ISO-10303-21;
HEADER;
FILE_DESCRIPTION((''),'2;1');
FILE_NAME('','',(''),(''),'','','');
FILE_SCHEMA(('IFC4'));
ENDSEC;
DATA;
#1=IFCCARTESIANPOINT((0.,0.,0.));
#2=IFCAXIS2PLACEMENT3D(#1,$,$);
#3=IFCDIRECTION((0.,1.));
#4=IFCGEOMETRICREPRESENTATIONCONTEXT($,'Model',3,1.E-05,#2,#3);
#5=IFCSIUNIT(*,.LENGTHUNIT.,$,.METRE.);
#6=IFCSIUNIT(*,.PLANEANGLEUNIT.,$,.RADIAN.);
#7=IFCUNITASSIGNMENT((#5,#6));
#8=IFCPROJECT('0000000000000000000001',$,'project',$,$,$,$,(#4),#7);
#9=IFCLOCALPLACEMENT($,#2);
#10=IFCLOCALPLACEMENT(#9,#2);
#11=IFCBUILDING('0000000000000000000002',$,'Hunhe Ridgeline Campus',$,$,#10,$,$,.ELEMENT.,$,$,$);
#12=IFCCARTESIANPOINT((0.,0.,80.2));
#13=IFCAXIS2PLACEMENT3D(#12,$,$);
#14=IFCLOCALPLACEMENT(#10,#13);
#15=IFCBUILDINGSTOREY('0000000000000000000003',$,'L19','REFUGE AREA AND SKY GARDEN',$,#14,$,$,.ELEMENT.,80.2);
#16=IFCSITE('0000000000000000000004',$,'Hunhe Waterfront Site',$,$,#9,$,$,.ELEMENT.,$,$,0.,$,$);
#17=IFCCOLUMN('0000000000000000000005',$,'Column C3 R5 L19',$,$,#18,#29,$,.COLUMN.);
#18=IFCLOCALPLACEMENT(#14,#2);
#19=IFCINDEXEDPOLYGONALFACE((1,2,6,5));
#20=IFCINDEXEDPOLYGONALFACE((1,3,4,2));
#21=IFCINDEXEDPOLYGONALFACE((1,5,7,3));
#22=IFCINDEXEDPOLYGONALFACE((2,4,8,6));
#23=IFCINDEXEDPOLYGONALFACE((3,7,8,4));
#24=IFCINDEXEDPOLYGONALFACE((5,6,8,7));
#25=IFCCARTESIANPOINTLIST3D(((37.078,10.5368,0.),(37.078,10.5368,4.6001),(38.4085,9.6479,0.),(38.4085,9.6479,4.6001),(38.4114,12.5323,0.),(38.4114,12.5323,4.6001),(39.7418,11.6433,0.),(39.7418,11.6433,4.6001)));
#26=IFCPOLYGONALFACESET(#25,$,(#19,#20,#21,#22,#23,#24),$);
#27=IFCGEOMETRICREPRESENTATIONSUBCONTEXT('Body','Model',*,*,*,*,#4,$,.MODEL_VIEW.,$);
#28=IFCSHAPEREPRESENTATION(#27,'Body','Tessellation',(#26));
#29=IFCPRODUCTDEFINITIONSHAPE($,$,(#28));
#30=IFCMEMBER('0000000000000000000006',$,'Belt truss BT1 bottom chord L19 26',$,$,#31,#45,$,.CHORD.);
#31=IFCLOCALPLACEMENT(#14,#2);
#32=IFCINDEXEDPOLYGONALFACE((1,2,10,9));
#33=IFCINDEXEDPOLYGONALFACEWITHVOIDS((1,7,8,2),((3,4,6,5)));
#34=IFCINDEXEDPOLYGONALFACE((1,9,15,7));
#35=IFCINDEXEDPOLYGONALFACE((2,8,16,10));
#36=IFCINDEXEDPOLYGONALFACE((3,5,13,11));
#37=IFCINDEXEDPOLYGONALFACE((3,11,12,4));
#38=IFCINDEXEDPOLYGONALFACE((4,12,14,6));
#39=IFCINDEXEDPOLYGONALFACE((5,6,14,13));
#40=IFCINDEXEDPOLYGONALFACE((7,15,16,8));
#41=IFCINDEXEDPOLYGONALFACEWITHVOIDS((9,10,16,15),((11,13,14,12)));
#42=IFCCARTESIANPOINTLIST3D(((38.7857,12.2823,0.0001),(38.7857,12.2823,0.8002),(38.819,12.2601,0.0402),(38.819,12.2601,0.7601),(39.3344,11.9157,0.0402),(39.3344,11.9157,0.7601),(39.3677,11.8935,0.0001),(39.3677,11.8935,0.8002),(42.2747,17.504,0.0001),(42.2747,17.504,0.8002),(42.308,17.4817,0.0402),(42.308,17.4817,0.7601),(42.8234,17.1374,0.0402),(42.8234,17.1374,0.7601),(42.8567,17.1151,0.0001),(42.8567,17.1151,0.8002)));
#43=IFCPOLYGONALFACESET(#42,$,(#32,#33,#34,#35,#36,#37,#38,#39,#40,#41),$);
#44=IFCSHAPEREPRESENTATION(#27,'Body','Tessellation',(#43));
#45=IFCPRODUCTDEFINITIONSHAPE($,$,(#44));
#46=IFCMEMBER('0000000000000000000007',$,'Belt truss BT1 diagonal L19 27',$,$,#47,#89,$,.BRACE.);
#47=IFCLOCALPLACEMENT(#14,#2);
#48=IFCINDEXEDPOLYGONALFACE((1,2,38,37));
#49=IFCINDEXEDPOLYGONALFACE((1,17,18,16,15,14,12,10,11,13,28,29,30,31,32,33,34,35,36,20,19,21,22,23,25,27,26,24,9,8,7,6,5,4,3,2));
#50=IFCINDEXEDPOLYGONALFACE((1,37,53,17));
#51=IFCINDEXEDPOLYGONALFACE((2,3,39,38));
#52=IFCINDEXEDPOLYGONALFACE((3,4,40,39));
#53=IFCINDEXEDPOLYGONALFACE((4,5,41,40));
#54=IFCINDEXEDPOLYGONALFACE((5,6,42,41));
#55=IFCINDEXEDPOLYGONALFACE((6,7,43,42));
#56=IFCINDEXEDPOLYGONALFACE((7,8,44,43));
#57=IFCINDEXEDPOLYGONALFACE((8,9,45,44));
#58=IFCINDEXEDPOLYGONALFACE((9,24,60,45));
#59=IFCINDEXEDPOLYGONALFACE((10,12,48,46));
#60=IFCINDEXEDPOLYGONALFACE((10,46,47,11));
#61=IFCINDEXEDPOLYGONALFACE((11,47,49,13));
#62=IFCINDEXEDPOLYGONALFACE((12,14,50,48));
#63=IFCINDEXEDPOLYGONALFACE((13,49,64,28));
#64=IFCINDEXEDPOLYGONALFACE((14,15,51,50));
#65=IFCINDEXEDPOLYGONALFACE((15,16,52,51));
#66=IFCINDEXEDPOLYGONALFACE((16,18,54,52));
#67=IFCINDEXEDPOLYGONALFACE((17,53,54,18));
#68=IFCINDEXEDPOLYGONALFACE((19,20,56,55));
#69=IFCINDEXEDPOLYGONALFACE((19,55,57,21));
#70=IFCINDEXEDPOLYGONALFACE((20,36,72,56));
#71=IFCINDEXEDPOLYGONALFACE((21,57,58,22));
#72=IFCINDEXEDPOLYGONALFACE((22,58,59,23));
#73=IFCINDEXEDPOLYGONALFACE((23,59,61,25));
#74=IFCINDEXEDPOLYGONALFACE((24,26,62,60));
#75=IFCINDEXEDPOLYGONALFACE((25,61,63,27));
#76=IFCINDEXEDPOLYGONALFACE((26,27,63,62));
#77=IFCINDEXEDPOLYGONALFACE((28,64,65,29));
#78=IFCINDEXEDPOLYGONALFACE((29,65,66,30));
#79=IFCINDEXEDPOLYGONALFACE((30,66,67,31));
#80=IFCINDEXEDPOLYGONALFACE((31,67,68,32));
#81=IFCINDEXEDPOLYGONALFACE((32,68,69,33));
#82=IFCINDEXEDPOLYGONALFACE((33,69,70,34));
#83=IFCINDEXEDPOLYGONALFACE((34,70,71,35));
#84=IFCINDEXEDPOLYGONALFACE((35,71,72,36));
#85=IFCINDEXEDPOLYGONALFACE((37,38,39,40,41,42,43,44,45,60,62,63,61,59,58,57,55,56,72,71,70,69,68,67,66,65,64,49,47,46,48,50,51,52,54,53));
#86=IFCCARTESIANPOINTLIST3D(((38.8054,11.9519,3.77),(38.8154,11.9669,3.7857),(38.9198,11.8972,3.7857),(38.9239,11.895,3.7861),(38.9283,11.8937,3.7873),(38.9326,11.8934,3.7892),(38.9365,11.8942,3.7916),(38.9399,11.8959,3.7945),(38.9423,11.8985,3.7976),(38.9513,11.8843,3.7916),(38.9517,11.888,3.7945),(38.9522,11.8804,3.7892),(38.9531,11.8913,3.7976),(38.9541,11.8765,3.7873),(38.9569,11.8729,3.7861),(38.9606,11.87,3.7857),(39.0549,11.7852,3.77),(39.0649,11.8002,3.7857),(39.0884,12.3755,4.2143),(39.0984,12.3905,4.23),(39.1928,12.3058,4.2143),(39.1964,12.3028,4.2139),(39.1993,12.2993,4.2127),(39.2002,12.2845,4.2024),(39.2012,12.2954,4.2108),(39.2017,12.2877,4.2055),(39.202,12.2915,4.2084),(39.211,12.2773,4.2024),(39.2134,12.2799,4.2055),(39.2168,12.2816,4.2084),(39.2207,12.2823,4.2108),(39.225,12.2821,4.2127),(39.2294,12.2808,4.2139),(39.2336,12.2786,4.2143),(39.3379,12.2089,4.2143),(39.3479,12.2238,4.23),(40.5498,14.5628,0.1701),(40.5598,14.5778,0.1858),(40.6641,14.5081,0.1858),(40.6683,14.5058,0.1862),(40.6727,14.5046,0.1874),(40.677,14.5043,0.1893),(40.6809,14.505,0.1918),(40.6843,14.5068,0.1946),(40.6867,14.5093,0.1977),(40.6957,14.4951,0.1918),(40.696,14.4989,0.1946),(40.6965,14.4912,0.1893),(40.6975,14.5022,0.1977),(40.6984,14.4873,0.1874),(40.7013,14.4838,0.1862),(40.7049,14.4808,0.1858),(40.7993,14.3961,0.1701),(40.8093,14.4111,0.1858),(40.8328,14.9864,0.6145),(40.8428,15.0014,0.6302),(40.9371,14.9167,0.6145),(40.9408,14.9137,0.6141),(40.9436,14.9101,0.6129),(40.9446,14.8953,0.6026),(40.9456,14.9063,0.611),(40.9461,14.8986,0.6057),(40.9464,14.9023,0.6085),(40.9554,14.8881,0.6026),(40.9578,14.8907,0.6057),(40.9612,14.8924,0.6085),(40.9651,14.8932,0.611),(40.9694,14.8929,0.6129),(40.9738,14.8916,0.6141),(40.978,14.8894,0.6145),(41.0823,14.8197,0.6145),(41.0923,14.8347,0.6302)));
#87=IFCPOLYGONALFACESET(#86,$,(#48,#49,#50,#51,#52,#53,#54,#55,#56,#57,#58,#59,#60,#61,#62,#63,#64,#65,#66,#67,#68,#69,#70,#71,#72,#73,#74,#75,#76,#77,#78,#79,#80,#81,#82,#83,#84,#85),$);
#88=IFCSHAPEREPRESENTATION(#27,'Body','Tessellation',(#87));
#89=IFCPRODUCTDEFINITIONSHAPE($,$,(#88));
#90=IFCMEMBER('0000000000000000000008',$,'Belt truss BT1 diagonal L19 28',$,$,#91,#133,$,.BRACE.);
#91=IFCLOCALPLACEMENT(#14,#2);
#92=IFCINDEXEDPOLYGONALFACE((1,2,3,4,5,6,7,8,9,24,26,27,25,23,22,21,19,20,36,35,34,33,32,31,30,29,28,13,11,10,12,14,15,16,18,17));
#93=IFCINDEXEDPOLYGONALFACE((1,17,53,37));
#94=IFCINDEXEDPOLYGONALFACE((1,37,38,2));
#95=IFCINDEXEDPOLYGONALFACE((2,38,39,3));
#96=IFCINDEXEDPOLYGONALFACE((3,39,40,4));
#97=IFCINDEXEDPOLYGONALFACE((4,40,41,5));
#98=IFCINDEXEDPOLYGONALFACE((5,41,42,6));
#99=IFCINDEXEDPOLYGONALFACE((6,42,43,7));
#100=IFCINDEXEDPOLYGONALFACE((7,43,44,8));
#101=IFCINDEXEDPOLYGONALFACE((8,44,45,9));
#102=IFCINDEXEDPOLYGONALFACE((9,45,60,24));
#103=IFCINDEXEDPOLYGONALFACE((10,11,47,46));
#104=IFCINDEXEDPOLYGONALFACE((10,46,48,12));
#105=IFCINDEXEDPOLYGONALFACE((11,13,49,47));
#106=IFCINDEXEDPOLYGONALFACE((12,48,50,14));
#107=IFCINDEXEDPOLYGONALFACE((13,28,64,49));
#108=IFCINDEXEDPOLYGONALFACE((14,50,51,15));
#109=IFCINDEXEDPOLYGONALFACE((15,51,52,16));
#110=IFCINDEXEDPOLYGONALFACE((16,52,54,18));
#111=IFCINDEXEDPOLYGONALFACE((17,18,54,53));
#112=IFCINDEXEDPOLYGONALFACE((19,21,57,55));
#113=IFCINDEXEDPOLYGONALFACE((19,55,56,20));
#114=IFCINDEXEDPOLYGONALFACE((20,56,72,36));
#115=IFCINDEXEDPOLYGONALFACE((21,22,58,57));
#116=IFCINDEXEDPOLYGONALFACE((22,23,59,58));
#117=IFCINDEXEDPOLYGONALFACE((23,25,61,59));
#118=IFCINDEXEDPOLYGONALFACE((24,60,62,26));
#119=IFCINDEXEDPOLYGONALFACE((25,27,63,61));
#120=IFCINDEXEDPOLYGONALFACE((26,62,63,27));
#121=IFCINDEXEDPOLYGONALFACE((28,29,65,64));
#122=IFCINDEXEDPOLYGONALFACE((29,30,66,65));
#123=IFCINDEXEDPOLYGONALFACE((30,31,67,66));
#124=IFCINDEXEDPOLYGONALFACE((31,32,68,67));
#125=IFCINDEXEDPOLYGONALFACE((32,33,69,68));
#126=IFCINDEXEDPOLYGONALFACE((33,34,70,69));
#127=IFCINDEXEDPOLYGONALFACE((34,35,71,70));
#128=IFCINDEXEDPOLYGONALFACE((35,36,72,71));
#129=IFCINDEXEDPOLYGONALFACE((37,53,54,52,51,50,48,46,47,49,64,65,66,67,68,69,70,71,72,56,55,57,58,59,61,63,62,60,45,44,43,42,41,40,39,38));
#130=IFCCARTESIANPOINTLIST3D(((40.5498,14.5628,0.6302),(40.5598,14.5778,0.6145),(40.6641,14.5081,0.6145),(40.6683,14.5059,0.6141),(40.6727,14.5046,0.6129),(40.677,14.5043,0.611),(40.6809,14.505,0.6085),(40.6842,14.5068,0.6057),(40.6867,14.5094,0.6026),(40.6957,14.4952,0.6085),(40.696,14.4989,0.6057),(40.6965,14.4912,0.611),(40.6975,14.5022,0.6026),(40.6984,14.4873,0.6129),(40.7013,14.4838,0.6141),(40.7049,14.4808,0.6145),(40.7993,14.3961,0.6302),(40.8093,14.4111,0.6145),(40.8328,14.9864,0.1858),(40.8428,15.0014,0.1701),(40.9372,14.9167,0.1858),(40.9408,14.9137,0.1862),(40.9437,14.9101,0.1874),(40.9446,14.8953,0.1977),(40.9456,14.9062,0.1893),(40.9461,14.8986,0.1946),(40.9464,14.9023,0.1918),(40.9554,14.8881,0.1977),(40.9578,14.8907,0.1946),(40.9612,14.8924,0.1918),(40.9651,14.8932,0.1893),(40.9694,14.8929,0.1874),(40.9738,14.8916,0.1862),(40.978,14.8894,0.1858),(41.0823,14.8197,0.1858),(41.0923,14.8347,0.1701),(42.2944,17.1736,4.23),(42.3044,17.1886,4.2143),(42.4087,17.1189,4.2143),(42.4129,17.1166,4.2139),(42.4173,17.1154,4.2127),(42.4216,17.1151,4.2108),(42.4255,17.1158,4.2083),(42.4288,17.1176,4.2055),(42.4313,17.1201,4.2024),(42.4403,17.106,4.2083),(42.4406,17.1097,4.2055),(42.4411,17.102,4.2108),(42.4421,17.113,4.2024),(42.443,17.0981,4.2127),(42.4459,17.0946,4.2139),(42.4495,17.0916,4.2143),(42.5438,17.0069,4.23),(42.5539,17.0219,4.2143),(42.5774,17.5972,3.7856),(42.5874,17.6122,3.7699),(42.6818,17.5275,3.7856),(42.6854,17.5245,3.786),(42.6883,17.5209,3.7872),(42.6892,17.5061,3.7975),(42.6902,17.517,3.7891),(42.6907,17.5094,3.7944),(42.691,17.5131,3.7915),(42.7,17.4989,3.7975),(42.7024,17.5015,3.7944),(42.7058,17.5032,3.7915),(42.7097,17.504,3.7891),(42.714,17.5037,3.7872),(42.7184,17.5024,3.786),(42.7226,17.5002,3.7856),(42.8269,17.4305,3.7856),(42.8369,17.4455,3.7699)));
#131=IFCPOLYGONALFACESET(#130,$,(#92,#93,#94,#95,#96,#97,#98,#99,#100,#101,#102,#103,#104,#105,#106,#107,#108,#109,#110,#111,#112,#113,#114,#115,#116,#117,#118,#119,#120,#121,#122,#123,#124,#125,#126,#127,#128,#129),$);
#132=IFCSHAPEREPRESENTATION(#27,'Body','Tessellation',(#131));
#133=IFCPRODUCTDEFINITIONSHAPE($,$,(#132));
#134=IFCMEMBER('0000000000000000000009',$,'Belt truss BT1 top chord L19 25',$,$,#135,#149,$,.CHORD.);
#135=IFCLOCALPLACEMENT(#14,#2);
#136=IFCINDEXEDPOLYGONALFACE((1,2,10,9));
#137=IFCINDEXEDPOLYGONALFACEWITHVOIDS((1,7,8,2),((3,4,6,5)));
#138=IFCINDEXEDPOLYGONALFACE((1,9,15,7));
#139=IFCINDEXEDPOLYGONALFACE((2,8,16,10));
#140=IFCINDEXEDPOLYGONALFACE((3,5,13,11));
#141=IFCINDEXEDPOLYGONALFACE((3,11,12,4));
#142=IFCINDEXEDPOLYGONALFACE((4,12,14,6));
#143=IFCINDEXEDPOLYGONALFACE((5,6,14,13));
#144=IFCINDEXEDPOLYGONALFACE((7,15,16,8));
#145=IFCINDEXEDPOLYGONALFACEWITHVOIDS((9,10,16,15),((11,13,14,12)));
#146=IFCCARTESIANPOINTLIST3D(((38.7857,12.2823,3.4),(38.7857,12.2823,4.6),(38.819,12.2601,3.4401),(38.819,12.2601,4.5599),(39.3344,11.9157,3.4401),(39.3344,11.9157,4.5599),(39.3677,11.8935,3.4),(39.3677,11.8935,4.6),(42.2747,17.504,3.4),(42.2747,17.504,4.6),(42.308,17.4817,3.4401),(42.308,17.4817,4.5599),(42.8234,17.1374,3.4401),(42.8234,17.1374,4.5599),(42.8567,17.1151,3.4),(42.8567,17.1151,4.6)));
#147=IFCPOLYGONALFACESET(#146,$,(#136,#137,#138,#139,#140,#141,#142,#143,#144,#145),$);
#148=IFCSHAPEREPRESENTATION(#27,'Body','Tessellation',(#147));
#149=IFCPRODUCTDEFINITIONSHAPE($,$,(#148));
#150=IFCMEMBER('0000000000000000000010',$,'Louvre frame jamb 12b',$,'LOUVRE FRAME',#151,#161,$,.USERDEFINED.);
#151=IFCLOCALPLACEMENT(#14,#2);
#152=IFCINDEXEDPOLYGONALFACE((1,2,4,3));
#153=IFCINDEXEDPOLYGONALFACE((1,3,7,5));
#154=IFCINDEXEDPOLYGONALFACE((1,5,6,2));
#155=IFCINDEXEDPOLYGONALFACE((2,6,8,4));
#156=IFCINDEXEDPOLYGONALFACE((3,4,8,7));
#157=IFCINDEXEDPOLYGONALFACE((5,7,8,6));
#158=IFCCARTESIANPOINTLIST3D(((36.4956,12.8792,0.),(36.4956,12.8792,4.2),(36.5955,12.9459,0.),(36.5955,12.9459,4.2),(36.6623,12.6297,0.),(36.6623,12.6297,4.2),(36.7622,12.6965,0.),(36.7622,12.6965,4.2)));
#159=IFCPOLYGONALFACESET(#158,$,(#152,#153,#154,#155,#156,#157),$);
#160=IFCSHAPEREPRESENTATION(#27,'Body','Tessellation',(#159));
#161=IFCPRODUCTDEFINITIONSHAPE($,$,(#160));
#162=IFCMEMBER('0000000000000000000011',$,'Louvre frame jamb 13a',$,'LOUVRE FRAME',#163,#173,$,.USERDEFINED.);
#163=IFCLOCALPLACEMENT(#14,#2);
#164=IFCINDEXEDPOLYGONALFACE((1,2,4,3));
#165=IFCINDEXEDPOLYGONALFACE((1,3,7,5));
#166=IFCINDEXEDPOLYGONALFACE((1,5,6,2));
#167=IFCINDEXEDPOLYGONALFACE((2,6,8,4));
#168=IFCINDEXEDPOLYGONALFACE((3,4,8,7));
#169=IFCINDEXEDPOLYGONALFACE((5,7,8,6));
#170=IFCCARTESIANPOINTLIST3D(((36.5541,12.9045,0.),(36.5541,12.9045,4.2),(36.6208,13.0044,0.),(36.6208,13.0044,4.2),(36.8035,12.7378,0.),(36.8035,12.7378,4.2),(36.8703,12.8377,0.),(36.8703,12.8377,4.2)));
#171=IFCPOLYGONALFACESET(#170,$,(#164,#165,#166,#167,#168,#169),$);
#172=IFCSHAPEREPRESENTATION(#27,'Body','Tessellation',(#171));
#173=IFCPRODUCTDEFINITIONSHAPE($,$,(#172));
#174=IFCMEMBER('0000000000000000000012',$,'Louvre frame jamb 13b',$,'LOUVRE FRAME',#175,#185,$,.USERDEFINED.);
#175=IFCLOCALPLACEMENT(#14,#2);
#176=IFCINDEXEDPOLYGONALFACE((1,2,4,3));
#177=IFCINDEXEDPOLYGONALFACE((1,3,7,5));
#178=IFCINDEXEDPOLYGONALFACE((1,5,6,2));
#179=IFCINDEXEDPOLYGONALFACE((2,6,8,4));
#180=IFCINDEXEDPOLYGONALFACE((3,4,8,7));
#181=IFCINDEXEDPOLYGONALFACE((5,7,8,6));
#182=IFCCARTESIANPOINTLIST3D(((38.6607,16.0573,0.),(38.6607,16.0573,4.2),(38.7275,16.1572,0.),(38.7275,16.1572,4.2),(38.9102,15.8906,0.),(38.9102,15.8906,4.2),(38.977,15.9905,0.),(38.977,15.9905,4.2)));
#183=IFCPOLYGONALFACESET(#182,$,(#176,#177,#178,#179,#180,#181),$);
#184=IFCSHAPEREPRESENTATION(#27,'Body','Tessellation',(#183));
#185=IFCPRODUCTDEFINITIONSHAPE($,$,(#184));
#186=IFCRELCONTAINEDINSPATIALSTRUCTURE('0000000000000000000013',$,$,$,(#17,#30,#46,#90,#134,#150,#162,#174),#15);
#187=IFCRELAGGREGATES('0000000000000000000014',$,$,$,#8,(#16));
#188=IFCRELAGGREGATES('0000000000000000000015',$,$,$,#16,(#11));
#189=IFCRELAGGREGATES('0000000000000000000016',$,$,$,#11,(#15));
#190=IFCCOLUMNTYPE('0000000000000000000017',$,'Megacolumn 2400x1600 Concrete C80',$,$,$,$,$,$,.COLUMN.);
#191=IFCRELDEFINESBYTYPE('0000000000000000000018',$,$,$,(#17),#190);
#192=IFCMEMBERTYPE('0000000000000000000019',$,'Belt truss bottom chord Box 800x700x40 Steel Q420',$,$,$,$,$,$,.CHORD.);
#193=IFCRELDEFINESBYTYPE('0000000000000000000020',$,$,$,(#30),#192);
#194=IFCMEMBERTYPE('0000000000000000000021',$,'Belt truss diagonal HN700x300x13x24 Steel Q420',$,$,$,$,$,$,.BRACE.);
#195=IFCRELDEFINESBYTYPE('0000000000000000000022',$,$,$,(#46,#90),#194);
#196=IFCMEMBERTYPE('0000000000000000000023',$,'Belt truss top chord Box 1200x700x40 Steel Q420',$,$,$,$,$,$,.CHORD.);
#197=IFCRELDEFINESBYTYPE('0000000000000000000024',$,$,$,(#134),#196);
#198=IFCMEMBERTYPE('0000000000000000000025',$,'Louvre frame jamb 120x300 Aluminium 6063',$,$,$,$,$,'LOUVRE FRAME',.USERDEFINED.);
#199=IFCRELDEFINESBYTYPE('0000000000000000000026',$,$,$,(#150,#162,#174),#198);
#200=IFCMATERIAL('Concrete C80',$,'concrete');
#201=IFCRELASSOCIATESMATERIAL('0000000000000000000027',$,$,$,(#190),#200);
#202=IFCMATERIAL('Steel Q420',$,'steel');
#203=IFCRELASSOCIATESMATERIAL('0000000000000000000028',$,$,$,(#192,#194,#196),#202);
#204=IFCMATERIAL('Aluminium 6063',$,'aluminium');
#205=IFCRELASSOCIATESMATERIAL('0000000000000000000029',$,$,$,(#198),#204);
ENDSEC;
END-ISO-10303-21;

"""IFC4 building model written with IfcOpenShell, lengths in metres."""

from ifc_helpers import new_model, si_unit, direction, frame, origin, origin_2d, place, context, subcontext, project, spatial, rectangle, hollow_rectangle, i_section, extrude, material, material_profile, profile_set, type_object, element, save


model = new_model("IFC4")

# Units and contexts
model_context = context("Model", 3, precision=1e-05, world=origin(), true_north=direction((0.0, 1.0)))
body_context = subcontext(model_context, "Body", "Model", "MODEL_VIEW")
ifc_project = project(units=[si_unit("LENGTHUNIT", "METRE"), si_unit("PLANEANGLEUNIT", "RADIAN")], contexts=[model_context])

# Site, building, storey
site_placement = place(None, origin())
site = spatial("IfcSite", under=ifc_project, at=site_placement, Name="Hunhe Waterfront Site", CompositionType="ELEMENT", RefElevation=0.0)
building_placement = place(site_placement, origin())
building = spatial("IfcBuilding", under=site, at=building_placement, Name="Hunhe Ridgeline Campus", CompositionType="ELEMENT")
storey_placement = place(building_placement, frame((0.0, 0.0, 80.2)))
storey = spatial("IfcBuildingStorey", under=building, at=storey_placement, Name="L19", Description="REFUGE AREA AND SKY GARDEN", CompositionType="ELEMENT", Elevation=80.2)

# Column
ifc_material_1 = material(Name="Concrete C80", Category="concrete")
ifc_material_profile_1 = material_profile(ifc_material_1, rectangle(XDim=2.3999, YDim=1.6001, at=origin_2d()))
ifc_profile_set_1 = profile_set([ifc_material_profile_1], Name="Concrete C80")
column_type = type_object("IfcColumnType", Name="Megacolumn 2400x1600 Concrete C80", PredefinedType="COLUMN", material=ifc_profile_set_1)
column_placement = place(storey_placement, frame((38.4099, 11.0901, 0.0), z_axis=(0.0, 0.0, 1.0), x_axis=(0.55557, 0.83147, 0.0)))
element("IfcColumn", 1, at=column_placement, inside=storey, type_object=column_type, Name="Column C3 R5 L19", PredefinedType="COLUMN", context=body_context, shape_type="SweptSolid", body=[
    extrude(rectangle(XDim=2.3999, YDim=1.6001, at=origin_2d()), origin(), (0.0, 0.0, 1.0), 4.6001),
])

# Members
ifc_material_2 = material(Name="Steel Q420", Category="steel")
ifc_material_profile_2 = material_profile(ifc_material_2, hollow_rectangle(XDim=0.7, YDim=0.8, WallThickness=0.04, at=origin_2d()))
ifc_profile_set_2 = profile_set([ifc_material_profile_2], Name="Steel Q420")
member_type_1 = type_object("IfcMemberType", Name="Belt truss bottom chord Box 800x700x40 Steel Q420", PredefinedType="CHORD", material=ifc_profile_set_2)
member_1_placement = place(storey_placement, frame((39.0767, 12.0879, 0.4001), z_axis=(0.55557, 0.83147, 0.0), x_axis=(-0.83147, 0.55557, 0.0)))
element("IfcMember", 2, at=member_1_placement, inside=storey, type_object=member_type_1, Name="Belt truss BT1 bottom chord L19 26", PredefinedType="CHORD", context=body_context, shape_type="SweptSolid", body=[
    extrude(hollow_rectangle(XDim=0.7, YDim=0.8, WallThickness=0.04, at=origin_2d()), origin(), (0.0, 0.0, 1.0), 6.28),
])
ifc_material_profile_3 = material_profile(ifc_material_2, i_section(OverallWidth=0.3, OverallDepth=0.7, WebThickness=0.0129, FlangeThickness=0.0239, FilletRadius=0.0181, at=origin_2d()))
ifc_profile_set_3 = profile_set([ifc_material_profile_3], Name="Steel Q420")
member_type_2 = type_object("IfcMemberType", Name="Belt truss diagonal HN700x300x13x24 Steel Q420", PredefinedType="BRACE", material=ifc_profile_set_3)
for number, where, z_axis, x_axis, name in (
    (3, (39.0767, 12.0879, 4.0), (0.365175, 0.546561, -0.753604), (-0.831488, 0.555543, 0.0), "Belt truss BT1 diagonal L19 27"),
    (4, (40.821, 14.6987, 0.4001), (0.365219, 0.546551, 0.75359), (-0.831452, 0.555597, 0.0), "Belt truss BT1 diagonal L19 28"),
):
    element("IfcMember", number, at=place(storey_placement, frame(where, z_axis=z_axis, x_axis=x_axis)), inside=storey, type_object=member_type_2, Name=name, PredefinedType="BRACE", context=body_context, shape_type="SweptSolid", body=[
        extrude(i_section(OverallWidth=0.3, OverallDepth=0.7, WebThickness=0.0129, FlangeThickness=0.0239, FilletRadius=0.0181, at=origin_2d()), origin(), (0.0, 0.0, 1.0), 4.7769),
    ])
ifc_material_profile_4 = material_profile(ifc_material_2, hollow_rectangle(XDim=0.7, YDim=1.2, WallThickness=0.04, at=origin_2d()))
ifc_profile_set_4 = profile_set([ifc_material_profile_4], Name="Steel Q420")
member_type_3 = type_object("IfcMemberType", Name="Belt truss top chord Box 1200x700x40 Steel Q420", PredefinedType="CHORD", material=ifc_profile_set_4)
member_2_placement = place(storey_placement, frame((39.0767, 12.0879, 4.0), z_axis=(0.55557, 0.83147, 0.0), x_axis=(-0.83147, 0.55557, 0.0)))
element("IfcMember", 5, at=member_2_placement, inside=storey, type_object=member_type_3, Name="Belt truss BT1 top chord L19 25", PredefinedType="CHORD", context=body_context, shape_type="SweptSolid", body=[
    extrude(hollow_rectangle(XDim=0.7, YDim=1.2, WallThickness=0.04, at=origin_2d()), origin(), (0.0, 0.0, 1.0), 6.28),
])
ifc_material_3 = material(Name="Aluminium 6063", Category="aluminium")
ifc_material_profile_5 = material_profile(ifc_material_3, rectangle(XDim=0.3, YDim=0.1201, at=origin_2d()))
ifc_profile_set_5 = profile_set([ifc_material_profile_5], Name="Aluminium 6063")
member_type_4 = type_object("IfcMemberType", Name="Louvre frame jamb 120x300 Aluminium 6063", ElementType="LOUVRE FRAME", PredefinedType="USERDEFINED", material=ifc_profile_set_5)
for number, where, z_axis, x_axis, name in (
    (6, (36.6289, 12.7878, 0.0), (0.0, 0.0, 1.0), (-0.55557, 0.83147, 0.0), "Louvre frame jamb 12b"),
    (7, (36.7122, 12.8711, 0.0), (0.0, 0.0, 1.0), (-0.83147, 0.55557, 0.0), "Louvre frame jamb 13a"),
    (8, (38.8188, 16.0239, 0.0), (0.0, 0.0, 1.0), (-0.83147, 0.55557, 0.0), "Louvre frame jamb 13b"),
):
    element("IfcMember", number, at=place(storey_placement, frame(where, z_axis=z_axis, x_axis=x_axis)), inside=storey, type_object=member_type_4, Name=name, ObjectType="LOUVRE FRAME", PredefinedType="USERDEFINED", context=body_context, shape_type="SweptSolid", body=[
        extrude(rectangle(XDim=0.3, YDim=0.1201, at=origin_2d()), origin(), (0.0, 0.0, 1.0), 4.2),
    ])

save(model, "model.ifc")
